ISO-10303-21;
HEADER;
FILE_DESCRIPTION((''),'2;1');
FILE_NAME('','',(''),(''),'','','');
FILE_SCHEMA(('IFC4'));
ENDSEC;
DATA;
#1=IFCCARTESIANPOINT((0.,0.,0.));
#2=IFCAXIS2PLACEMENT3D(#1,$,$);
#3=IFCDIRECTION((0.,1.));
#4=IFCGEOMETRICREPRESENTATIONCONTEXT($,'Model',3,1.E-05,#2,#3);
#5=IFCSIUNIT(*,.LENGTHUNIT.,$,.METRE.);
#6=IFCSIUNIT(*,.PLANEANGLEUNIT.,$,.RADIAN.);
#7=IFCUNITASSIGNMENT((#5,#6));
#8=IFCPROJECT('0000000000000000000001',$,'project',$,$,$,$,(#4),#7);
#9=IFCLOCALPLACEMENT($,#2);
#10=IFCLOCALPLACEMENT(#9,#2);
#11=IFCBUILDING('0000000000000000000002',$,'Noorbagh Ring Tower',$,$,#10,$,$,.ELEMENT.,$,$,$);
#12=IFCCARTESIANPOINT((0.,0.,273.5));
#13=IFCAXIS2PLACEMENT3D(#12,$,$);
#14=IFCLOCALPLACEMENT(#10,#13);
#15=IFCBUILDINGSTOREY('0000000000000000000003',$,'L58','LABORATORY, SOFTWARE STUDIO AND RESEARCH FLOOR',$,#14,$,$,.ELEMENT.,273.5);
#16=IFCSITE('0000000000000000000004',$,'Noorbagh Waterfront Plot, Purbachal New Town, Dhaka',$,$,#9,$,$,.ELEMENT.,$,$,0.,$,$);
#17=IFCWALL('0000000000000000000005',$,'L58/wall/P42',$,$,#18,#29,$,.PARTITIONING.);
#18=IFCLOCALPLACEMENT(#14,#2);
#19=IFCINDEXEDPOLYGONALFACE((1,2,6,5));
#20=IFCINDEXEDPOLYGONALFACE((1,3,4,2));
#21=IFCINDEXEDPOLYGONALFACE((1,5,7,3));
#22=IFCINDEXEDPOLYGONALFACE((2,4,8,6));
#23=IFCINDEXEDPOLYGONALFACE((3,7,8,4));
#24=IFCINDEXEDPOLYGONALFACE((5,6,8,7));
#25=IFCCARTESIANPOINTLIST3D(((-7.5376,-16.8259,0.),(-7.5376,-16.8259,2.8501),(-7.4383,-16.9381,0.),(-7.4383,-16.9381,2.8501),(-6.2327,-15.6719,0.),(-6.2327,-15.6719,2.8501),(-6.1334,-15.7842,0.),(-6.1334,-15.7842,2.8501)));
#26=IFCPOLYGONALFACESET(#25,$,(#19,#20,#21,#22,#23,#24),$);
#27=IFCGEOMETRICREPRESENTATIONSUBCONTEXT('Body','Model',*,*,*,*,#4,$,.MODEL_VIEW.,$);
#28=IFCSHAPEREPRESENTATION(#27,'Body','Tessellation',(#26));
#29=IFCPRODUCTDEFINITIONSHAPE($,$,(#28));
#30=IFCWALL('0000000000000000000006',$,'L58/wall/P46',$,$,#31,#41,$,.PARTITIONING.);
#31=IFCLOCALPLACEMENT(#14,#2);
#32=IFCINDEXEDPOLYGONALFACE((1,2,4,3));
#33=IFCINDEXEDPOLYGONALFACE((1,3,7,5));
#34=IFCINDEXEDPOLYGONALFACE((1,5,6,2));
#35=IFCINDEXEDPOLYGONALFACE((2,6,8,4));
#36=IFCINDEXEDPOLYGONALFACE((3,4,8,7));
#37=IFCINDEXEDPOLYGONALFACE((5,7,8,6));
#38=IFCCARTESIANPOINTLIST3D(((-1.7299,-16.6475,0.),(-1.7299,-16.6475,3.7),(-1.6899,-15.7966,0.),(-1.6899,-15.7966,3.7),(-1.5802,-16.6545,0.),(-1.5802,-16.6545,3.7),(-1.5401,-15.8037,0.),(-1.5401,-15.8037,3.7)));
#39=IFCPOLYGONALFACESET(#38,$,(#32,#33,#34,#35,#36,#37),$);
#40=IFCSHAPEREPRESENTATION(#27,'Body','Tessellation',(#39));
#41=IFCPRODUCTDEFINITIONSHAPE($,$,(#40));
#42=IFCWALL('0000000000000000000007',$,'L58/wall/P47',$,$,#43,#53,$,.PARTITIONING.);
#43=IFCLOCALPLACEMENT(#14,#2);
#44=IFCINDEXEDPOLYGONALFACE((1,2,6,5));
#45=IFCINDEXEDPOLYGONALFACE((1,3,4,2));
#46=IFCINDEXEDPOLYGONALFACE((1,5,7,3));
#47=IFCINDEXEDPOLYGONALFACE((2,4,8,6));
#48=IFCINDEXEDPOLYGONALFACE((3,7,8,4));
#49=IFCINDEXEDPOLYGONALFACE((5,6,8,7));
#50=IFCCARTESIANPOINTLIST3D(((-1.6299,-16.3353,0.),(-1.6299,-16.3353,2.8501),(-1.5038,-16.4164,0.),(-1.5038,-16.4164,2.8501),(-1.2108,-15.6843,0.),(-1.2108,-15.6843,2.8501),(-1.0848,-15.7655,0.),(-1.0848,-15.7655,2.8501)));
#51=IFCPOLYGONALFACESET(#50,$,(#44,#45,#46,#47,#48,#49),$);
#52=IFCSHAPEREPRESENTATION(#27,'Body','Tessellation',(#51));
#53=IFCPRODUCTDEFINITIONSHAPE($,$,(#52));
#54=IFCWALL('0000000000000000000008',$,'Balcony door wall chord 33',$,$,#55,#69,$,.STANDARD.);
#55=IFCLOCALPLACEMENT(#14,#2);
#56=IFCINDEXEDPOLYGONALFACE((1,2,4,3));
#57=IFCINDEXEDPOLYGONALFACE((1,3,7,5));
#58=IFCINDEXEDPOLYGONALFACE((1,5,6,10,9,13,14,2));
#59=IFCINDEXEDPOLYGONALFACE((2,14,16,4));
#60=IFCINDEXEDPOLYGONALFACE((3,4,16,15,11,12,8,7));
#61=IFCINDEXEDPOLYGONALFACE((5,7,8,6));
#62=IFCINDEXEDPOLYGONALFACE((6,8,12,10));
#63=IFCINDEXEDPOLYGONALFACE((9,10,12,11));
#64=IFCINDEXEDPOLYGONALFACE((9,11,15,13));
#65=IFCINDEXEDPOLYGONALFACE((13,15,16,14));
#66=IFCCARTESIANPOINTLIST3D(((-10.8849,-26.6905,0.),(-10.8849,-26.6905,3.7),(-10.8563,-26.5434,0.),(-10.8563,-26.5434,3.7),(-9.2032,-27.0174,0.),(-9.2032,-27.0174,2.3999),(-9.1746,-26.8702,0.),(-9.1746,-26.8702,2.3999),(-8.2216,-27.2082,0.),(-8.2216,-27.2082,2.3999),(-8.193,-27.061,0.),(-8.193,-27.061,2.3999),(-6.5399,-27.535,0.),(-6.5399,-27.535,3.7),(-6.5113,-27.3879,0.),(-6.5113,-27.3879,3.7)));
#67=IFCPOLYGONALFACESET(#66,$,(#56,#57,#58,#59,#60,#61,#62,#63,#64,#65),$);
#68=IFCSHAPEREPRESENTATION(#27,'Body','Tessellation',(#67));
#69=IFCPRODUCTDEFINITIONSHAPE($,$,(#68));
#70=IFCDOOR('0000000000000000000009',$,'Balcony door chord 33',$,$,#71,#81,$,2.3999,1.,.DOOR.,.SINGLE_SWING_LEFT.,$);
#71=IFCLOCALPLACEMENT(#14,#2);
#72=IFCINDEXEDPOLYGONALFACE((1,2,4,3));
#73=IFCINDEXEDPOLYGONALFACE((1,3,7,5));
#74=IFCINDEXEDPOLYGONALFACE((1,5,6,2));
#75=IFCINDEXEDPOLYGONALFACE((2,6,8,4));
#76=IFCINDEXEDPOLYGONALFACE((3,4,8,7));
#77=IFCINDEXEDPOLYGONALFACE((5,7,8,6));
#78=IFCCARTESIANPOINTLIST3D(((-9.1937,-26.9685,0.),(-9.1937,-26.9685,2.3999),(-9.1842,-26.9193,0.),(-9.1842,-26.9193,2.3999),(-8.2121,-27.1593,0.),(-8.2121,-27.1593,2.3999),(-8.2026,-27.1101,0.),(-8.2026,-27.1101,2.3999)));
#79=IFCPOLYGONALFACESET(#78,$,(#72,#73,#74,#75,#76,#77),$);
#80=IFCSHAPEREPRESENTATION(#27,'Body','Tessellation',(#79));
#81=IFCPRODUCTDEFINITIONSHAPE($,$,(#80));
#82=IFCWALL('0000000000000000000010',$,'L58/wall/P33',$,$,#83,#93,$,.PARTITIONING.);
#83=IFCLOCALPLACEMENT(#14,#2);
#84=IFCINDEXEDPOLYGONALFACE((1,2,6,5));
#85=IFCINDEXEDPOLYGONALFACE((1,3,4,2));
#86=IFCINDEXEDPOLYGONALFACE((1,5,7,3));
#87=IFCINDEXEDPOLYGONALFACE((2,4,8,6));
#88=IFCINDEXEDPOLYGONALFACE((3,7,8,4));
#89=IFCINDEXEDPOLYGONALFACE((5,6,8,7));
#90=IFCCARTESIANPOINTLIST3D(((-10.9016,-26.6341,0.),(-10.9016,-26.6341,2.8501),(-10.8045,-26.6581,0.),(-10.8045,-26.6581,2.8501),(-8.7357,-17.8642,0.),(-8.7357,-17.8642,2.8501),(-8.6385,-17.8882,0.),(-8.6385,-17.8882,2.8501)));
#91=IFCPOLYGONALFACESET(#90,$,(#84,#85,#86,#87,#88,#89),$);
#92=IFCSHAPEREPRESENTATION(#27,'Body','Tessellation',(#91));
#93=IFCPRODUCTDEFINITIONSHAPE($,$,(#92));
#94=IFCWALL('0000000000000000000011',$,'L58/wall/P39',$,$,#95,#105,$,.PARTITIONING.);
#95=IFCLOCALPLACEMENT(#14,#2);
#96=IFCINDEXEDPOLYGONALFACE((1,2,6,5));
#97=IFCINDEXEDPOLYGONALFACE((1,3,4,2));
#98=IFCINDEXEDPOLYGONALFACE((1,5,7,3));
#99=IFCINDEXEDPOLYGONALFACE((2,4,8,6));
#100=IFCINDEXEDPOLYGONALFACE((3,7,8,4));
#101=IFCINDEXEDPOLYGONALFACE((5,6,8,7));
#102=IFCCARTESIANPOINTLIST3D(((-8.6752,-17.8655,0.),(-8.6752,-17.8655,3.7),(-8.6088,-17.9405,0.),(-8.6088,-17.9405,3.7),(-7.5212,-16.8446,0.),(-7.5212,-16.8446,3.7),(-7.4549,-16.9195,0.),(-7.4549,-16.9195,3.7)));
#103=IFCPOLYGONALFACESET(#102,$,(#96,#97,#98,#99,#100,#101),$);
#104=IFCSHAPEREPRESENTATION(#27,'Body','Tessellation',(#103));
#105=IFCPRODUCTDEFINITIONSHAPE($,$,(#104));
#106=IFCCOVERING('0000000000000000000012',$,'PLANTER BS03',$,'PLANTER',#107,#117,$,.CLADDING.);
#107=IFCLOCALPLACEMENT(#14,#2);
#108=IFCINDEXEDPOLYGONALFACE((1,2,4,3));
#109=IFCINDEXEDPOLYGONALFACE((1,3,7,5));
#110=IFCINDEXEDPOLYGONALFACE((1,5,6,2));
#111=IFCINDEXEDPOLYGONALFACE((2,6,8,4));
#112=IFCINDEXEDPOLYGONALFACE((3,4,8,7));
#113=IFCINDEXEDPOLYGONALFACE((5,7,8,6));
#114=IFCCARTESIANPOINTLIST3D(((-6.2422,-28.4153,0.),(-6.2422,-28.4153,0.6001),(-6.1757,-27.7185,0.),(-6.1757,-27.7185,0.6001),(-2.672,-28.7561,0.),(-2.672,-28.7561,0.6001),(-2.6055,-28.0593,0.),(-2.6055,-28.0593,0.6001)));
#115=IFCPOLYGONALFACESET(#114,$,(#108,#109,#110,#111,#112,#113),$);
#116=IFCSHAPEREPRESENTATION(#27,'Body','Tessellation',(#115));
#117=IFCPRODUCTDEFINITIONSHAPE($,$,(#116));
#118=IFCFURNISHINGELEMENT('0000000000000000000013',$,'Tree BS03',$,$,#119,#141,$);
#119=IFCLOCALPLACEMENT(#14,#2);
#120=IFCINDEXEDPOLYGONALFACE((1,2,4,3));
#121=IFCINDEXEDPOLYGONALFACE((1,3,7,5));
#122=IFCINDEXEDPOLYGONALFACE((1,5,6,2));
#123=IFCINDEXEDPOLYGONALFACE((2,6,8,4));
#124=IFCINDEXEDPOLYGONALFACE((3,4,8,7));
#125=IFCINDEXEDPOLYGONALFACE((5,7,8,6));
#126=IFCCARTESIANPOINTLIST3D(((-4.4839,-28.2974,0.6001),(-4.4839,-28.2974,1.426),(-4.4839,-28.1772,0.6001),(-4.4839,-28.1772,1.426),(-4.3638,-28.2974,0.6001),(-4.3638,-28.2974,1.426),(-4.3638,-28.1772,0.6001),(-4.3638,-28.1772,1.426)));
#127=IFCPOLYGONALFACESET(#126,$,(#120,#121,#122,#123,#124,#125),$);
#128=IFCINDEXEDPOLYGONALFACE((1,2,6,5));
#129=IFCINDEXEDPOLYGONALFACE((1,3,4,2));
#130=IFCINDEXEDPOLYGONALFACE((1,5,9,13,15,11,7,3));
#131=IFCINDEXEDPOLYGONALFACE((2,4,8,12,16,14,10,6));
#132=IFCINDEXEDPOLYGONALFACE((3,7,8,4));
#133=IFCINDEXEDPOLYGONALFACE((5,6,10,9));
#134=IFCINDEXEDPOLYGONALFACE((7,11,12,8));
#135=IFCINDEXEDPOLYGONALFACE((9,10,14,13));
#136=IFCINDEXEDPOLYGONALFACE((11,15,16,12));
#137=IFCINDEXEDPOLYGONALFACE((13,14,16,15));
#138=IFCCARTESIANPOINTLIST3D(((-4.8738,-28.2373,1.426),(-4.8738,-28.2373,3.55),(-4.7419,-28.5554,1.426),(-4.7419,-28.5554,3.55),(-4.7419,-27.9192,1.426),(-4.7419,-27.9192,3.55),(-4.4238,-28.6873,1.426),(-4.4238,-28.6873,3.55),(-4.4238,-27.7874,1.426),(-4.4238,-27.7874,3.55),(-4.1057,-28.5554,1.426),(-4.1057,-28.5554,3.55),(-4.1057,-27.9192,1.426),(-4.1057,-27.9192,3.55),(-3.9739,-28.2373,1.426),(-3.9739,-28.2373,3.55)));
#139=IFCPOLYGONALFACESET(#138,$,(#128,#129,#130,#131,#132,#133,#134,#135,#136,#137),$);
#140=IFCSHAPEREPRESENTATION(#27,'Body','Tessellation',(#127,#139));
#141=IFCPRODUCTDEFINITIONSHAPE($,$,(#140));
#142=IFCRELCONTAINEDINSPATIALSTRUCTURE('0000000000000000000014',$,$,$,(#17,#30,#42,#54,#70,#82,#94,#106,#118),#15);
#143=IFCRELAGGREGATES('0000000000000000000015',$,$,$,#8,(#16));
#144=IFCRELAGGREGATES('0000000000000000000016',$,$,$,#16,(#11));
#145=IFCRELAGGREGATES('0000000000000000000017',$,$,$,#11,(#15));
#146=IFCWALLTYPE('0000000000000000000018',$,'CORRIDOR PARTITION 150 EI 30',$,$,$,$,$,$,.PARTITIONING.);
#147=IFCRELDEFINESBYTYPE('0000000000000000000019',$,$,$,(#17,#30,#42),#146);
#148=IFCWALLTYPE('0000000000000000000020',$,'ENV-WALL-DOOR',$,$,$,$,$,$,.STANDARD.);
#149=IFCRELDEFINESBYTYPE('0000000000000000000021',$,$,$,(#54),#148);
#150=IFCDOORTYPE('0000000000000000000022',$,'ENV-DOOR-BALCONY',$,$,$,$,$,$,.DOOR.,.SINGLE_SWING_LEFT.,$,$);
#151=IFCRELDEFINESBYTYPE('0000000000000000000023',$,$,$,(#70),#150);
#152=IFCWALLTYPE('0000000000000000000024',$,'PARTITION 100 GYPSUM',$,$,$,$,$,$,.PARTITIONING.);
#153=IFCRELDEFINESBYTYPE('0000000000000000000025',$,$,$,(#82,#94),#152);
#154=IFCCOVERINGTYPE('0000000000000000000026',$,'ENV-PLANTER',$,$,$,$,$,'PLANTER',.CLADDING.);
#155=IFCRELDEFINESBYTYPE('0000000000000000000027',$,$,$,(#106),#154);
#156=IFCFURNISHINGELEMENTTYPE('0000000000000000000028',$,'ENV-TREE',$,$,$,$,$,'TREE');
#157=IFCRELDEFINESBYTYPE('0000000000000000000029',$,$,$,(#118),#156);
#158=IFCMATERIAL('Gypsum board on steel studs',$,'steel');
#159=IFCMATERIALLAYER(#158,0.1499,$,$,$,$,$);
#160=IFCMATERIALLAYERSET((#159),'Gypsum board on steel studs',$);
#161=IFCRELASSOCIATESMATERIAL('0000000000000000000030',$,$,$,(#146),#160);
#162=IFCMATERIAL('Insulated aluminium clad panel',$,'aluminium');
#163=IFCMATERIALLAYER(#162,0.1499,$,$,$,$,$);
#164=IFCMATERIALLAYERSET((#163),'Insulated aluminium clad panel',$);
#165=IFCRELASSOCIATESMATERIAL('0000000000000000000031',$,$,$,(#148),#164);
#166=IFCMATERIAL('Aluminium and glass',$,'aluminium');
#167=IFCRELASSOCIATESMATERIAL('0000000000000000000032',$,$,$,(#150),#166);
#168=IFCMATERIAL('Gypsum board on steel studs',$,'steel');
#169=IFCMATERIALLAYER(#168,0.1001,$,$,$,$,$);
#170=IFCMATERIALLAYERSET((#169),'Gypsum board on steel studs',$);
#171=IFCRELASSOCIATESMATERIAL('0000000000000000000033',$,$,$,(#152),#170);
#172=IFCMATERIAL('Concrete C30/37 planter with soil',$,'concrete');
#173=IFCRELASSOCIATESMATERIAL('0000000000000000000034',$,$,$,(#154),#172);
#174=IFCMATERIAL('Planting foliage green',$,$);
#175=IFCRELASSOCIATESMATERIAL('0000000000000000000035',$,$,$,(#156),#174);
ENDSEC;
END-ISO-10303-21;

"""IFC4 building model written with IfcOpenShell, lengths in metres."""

from ifc_helpers import new_model, si_unit, direction, frame, frame_2d, origin, origin_2d, place, context, subcontext, project, spatial, polyline, rectangle, outline, extrude, material, layer, layer_set, type_object, element, fill, save


model = new_model("IFC4")

# Units and contexts
model_context = context("Model", 3, precision=1e-05, world=origin(), true_north=direction((0.0, 1.0)))
body_context = subcontext(model_context, "Body", "Model", "MODEL_VIEW")
ifc_project = project(units=[si_unit("LENGTHUNIT", "METRE"), si_unit("PLANEANGLEUNIT", "RADIAN")], contexts=[model_context])

# Site, building, storey
site_placement = place(None, origin())
site = spatial("IfcSite", under=ifc_project, at=site_placement, Name="Noorbagh Waterfront Plot, Purbachal New Town, Dhaka", CompositionType="ELEMENT", RefElevation=0.0)
building_placement = place(site_placement, origin())
building = spatial("IfcBuilding", under=site, at=building_placement, Name="Noorbagh Ring Tower", CompositionType="ELEMENT")
storey_placement = place(building_placement, frame((0.0, 0.0, 273.5)))
storey = spatial("IfcBuildingStorey", under=building, at=storey_placement, Name="L58", Description="LABORATORY, SOFTWARE STUDIO AND RESEARCH FLOOR", CompositionType="ELEMENT", Elevation=273.5)

# Walls
ifc_material_1 = material(Name="Gypsum board on steel studs", Category="steel")
ifc_layer_1 = layer(ifc_material_1, 0.1499)
ifc_layer_set_1 = layer_set([ifc_layer_1], Name="Gypsum board on steel studs")
wall_type_1 = type_object("IfcWallType", Name="CORRIDOR PARTITION 150 EI 30", PredefinedType="PARTITIONING", material=ifc_layer_set_1)
wall_1_placement = place(storey_placement, frame((-7.488, -16.8821, 0.0), z_axis=(0.0, 0.0, 1.0), x_axis=(0.749085, 0.662474, 0.0)))
element("IfcWall", 1, at=wall_1_placement, inside=storey, type_object=wall_type_1, Name="L58/wall/P42", PredefinedType="PARTITIONING", context=body_context, shape_type="SweptSolid", body=[
    extrude(rectangle(XDim=1.7419, YDim=0.1499, at=frame_2d((0.8711, 0.0))), origin(), (0.0, 0.0, 1.0), 2.8501),
])
wall_2_placement = place(storey_placement, frame((-1.655, -16.6509, 0.0), z_axis=(0.0, 0.0, 1.0), x_axis=(0.047007, 0.998895, 0.0)))
element("IfcWall", 2, at=wall_2_placement, inside=storey, type_object=wall_type_1, Name="L58/wall/P46", PredefinedType="PARTITIONING", context=body_context, shape_type="SweptSolid", body=[
    extrude(rectangle(XDim=0.8518, YDim=0.1499, at=frame_2d((0.4258, 0.0))), origin(), (0.0, 0.0, 1.0), 3.7),
])
wall_3_placement = place(storey_placement, frame((-1.5669, -16.376, 0.0), z_axis=(0.0, 0.0, 1.0), x_axis=(0.541236, 0.840871, 0.0)))
element("IfcWall", 3, at=wall_3_placement, inside=storey, type_object=wall_type_1, Name="L58/wall/P47", PredefinedType="PARTITIONING", context=body_context, shape_type="SweptSolid", body=[
    extrude(rectangle(XDim=0.7742, YDim=0.1499, at=frame_2d((0.3872, 0.0))), origin(), (0.0, 0.0, 1.0), 2.8501),
])

# Wall, opening, door
ifc_material_2 = material(Name="Insulated aluminium clad panel", Category="aluminium")
ifc_layer_2 = layer(ifc_material_2, 0.1499)
ifc_layer_set_2 = layer_set([ifc_layer_2], Name="Insulated aluminium clad panel")
wall_type_2 = type_object("IfcWallType", Name="ENV-WALL-DOOR", PredefinedType="STANDARD", material=ifc_layer_set_2)
wall_4_placement = place(storey_placement, frame((-10.8706, -26.6169, 0.0), z_axis=(0.0, 0.0, 1.0), x_axis=(0.981631, -0.190788, 0.0)))
wall_4 = element("IfcWall", 4, at=wall_4_placement, inside=storey, type_object=wall_type_2, Name="Balcony door wall chord 33", PredefinedType="STANDARD", context=body_context, shape_type="SweptSolid", body=[
    extrude(rectangle(XDim=4.4263, YDim=0.1499, at=frame_2d((2.2131, 0.0))), origin(), (0.0, 0.0, 1.0), 3.7),
])
opening_placement = place(wall_4_placement, frame((1.7131, 0.0, 0.0)))
opening = element("IfcOpeningElement", 5, at=opening_placement, cuts=wall_4, PredefinedType="OPENING", context=body_context, shape_type="SweptSolid", body=[
    extrude(rectangle(XDim=1.0, YDim=2.3999, at=frame_2d((0.5, 1.2))), frame((0.0, 0.085, 0.0), z_axis=(0.0, -1.0, 0.0), x_axis=(1.0, 0.0, 0.0)), (0.0, 0.0, 1.0), 0.1699),
])
ifc_material_3 = material(Name="Aluminium and glass", Category="aluminium")
door_type = type_object("IfcDoorType", Name="ENV-DOOR-BALCONY", OperationType="SINGLE_SWING_LEFT", PredefinedType="DOOR", material=ifc_material_3)
door_placement = place(opening_placement, origin())
door = element("IfcDoor", 6, at=door_placement, inside=storey, type_object=door_type, Name="Balcony door chord 33", OperationType="SINGLE_SWING_LEFT", OverallHeight=2.3999, OverallWidth=1.0, PredefinedType="DOOR", context=body_context, shape_type="SweptSolid", body=[
    extrude(rectangle(XDim=1.0, YDim=2.3999, at=frame_2d((0.5, 1.2))), frame((0.0, 0.0249, 0.0), z_axis=(0.0, -1.0, 0.0), x_axis=(1.0, 0.0, 0.0)), (0.0, 0.0, 1.0), 0.05),
])
fill(opening, door)

# Walls
ifc_material_4 = material(Name="Gypsum board on steel studs", Category="steel")
ifc_layer_3 = layer(ifc_material_4, 0.1001)
ifc_layer_set_3 = layer_set([ifc_layer_3], Name="Gypsum board on steel studs")
wall_type_3 = type_object("IfcWallType", Name="PARTITION 100 GYPSUM", PredefinedType="PARTITIONING", material=ifc_layer_set_3)
wall_5_placement = place(storey_placement, frame((-10.853, -26.646, 0.0), z_axis=(0.0, 0.0, 1.0), x_axis=(0.239775, 0.970829, 0.0)))
element("IfcWall", 7, at=wall_5_placement, inside=storey, type_object=wall_type_3, Name="L58/wall/P33", PredefinedType="PARTITIONING", context=body_context, shape_type="SweptSolid", body=[
    extrude(rectangle(XDim=9.0334, YDim=0.1001, at=frame_2d((4.5166, 0.0))), origin(), (0.0, 0.0, 1.0), 2.8501),
])
wall_6_placement = place(storey_placement, frame((-8.6421, -17.9031, 0.0), z_axis=(0.0, 0.0, 1.0), x_axis=(0.748963, 0.662611, 0.0)))
element("IfcWall", 8, at=wall_6_placement, inside=storey, type_object=wall_type_3, Name="L58/wall/P39", PredefinedType="PARTITIONING", context=body_context, shape_type="SweptSolid", body=[
    extrude(rectangle(XDim=1.5408, YDim=0.1001, at=frame_2d((0.7705, 0.0))), origin(), (0.0, 0.0, 1.0), 3.7),
])

# Covering
ifc_material_5 = material(Name="Concrete C30/37 planter with soil", Category="concrete")
covering_type = type_object("IfcCoveringType", Name="ENV-PLANTER", ElementType="PLANTER", PredefinedType="CLADDING", material=ifc_material_5)
covering_placement = place(storey_placement, frame((-4.4238, -28.2373, 0.0), z_axis=(0.0, 0.0, 1.0), x_axis=(0.995476, -0.095008, 0.0)))
element("IfcCovering", 9, at=covering_placement, inside=storey, type_object=covering_type, Name="PLANTER BS03", ObjectType="PLANTER", PredefinedType="CLADDING", context=body_context, shape_type="SweptSolid", body=[
    extrude(rectangle(XDim=3.5864, YDim=0.7, at=origin_2d()), origin(), (0.0, 0.0, 1.0), 0.6001),
])

# Furnishing element
ifc_material_6 = material(Name="Planting foliage green")
furnishing_element_type = type_object("IfcFurnishingElementType", Name="ENV-TREE", ElementType="TREE", material=ifc_material_6)
furnishing_placement = place(storey_placement, frame((-4.4238, -28.2373, 0.6001), z_axis=(0.0, 0.0, 1.0), x_axis=(1.0, 0.0, 0.0)))
element("IfcFurnishingElement", 10, at=furnishing_placement, inside=storey, type_object=furnishing_element_type, Name="Tree BS03", context=body_context, shape_type="SweptSolid", body=[
    extrude(rectangle(XDim=0.1201, YDim=0.1201, at=origin_2d()), origin(), (0.0, 0.0, 1.0), 0.8259),
    extrude(outline(polyline([(0.45, 0.0), (0.3181, 0.3181), (0.0, 0.45), (-0.3181, 0.3181), (-0.45, 0.0), (-0.3181, -0.3181), (0.0, -0.45), (0.3181, -0.3181), (0.45, 0.0)])), frame((0.0, 0.0, 0.8259)), (0.0, 0.0, 1.0), 2.124),
])

save(model, "model.ifc")
